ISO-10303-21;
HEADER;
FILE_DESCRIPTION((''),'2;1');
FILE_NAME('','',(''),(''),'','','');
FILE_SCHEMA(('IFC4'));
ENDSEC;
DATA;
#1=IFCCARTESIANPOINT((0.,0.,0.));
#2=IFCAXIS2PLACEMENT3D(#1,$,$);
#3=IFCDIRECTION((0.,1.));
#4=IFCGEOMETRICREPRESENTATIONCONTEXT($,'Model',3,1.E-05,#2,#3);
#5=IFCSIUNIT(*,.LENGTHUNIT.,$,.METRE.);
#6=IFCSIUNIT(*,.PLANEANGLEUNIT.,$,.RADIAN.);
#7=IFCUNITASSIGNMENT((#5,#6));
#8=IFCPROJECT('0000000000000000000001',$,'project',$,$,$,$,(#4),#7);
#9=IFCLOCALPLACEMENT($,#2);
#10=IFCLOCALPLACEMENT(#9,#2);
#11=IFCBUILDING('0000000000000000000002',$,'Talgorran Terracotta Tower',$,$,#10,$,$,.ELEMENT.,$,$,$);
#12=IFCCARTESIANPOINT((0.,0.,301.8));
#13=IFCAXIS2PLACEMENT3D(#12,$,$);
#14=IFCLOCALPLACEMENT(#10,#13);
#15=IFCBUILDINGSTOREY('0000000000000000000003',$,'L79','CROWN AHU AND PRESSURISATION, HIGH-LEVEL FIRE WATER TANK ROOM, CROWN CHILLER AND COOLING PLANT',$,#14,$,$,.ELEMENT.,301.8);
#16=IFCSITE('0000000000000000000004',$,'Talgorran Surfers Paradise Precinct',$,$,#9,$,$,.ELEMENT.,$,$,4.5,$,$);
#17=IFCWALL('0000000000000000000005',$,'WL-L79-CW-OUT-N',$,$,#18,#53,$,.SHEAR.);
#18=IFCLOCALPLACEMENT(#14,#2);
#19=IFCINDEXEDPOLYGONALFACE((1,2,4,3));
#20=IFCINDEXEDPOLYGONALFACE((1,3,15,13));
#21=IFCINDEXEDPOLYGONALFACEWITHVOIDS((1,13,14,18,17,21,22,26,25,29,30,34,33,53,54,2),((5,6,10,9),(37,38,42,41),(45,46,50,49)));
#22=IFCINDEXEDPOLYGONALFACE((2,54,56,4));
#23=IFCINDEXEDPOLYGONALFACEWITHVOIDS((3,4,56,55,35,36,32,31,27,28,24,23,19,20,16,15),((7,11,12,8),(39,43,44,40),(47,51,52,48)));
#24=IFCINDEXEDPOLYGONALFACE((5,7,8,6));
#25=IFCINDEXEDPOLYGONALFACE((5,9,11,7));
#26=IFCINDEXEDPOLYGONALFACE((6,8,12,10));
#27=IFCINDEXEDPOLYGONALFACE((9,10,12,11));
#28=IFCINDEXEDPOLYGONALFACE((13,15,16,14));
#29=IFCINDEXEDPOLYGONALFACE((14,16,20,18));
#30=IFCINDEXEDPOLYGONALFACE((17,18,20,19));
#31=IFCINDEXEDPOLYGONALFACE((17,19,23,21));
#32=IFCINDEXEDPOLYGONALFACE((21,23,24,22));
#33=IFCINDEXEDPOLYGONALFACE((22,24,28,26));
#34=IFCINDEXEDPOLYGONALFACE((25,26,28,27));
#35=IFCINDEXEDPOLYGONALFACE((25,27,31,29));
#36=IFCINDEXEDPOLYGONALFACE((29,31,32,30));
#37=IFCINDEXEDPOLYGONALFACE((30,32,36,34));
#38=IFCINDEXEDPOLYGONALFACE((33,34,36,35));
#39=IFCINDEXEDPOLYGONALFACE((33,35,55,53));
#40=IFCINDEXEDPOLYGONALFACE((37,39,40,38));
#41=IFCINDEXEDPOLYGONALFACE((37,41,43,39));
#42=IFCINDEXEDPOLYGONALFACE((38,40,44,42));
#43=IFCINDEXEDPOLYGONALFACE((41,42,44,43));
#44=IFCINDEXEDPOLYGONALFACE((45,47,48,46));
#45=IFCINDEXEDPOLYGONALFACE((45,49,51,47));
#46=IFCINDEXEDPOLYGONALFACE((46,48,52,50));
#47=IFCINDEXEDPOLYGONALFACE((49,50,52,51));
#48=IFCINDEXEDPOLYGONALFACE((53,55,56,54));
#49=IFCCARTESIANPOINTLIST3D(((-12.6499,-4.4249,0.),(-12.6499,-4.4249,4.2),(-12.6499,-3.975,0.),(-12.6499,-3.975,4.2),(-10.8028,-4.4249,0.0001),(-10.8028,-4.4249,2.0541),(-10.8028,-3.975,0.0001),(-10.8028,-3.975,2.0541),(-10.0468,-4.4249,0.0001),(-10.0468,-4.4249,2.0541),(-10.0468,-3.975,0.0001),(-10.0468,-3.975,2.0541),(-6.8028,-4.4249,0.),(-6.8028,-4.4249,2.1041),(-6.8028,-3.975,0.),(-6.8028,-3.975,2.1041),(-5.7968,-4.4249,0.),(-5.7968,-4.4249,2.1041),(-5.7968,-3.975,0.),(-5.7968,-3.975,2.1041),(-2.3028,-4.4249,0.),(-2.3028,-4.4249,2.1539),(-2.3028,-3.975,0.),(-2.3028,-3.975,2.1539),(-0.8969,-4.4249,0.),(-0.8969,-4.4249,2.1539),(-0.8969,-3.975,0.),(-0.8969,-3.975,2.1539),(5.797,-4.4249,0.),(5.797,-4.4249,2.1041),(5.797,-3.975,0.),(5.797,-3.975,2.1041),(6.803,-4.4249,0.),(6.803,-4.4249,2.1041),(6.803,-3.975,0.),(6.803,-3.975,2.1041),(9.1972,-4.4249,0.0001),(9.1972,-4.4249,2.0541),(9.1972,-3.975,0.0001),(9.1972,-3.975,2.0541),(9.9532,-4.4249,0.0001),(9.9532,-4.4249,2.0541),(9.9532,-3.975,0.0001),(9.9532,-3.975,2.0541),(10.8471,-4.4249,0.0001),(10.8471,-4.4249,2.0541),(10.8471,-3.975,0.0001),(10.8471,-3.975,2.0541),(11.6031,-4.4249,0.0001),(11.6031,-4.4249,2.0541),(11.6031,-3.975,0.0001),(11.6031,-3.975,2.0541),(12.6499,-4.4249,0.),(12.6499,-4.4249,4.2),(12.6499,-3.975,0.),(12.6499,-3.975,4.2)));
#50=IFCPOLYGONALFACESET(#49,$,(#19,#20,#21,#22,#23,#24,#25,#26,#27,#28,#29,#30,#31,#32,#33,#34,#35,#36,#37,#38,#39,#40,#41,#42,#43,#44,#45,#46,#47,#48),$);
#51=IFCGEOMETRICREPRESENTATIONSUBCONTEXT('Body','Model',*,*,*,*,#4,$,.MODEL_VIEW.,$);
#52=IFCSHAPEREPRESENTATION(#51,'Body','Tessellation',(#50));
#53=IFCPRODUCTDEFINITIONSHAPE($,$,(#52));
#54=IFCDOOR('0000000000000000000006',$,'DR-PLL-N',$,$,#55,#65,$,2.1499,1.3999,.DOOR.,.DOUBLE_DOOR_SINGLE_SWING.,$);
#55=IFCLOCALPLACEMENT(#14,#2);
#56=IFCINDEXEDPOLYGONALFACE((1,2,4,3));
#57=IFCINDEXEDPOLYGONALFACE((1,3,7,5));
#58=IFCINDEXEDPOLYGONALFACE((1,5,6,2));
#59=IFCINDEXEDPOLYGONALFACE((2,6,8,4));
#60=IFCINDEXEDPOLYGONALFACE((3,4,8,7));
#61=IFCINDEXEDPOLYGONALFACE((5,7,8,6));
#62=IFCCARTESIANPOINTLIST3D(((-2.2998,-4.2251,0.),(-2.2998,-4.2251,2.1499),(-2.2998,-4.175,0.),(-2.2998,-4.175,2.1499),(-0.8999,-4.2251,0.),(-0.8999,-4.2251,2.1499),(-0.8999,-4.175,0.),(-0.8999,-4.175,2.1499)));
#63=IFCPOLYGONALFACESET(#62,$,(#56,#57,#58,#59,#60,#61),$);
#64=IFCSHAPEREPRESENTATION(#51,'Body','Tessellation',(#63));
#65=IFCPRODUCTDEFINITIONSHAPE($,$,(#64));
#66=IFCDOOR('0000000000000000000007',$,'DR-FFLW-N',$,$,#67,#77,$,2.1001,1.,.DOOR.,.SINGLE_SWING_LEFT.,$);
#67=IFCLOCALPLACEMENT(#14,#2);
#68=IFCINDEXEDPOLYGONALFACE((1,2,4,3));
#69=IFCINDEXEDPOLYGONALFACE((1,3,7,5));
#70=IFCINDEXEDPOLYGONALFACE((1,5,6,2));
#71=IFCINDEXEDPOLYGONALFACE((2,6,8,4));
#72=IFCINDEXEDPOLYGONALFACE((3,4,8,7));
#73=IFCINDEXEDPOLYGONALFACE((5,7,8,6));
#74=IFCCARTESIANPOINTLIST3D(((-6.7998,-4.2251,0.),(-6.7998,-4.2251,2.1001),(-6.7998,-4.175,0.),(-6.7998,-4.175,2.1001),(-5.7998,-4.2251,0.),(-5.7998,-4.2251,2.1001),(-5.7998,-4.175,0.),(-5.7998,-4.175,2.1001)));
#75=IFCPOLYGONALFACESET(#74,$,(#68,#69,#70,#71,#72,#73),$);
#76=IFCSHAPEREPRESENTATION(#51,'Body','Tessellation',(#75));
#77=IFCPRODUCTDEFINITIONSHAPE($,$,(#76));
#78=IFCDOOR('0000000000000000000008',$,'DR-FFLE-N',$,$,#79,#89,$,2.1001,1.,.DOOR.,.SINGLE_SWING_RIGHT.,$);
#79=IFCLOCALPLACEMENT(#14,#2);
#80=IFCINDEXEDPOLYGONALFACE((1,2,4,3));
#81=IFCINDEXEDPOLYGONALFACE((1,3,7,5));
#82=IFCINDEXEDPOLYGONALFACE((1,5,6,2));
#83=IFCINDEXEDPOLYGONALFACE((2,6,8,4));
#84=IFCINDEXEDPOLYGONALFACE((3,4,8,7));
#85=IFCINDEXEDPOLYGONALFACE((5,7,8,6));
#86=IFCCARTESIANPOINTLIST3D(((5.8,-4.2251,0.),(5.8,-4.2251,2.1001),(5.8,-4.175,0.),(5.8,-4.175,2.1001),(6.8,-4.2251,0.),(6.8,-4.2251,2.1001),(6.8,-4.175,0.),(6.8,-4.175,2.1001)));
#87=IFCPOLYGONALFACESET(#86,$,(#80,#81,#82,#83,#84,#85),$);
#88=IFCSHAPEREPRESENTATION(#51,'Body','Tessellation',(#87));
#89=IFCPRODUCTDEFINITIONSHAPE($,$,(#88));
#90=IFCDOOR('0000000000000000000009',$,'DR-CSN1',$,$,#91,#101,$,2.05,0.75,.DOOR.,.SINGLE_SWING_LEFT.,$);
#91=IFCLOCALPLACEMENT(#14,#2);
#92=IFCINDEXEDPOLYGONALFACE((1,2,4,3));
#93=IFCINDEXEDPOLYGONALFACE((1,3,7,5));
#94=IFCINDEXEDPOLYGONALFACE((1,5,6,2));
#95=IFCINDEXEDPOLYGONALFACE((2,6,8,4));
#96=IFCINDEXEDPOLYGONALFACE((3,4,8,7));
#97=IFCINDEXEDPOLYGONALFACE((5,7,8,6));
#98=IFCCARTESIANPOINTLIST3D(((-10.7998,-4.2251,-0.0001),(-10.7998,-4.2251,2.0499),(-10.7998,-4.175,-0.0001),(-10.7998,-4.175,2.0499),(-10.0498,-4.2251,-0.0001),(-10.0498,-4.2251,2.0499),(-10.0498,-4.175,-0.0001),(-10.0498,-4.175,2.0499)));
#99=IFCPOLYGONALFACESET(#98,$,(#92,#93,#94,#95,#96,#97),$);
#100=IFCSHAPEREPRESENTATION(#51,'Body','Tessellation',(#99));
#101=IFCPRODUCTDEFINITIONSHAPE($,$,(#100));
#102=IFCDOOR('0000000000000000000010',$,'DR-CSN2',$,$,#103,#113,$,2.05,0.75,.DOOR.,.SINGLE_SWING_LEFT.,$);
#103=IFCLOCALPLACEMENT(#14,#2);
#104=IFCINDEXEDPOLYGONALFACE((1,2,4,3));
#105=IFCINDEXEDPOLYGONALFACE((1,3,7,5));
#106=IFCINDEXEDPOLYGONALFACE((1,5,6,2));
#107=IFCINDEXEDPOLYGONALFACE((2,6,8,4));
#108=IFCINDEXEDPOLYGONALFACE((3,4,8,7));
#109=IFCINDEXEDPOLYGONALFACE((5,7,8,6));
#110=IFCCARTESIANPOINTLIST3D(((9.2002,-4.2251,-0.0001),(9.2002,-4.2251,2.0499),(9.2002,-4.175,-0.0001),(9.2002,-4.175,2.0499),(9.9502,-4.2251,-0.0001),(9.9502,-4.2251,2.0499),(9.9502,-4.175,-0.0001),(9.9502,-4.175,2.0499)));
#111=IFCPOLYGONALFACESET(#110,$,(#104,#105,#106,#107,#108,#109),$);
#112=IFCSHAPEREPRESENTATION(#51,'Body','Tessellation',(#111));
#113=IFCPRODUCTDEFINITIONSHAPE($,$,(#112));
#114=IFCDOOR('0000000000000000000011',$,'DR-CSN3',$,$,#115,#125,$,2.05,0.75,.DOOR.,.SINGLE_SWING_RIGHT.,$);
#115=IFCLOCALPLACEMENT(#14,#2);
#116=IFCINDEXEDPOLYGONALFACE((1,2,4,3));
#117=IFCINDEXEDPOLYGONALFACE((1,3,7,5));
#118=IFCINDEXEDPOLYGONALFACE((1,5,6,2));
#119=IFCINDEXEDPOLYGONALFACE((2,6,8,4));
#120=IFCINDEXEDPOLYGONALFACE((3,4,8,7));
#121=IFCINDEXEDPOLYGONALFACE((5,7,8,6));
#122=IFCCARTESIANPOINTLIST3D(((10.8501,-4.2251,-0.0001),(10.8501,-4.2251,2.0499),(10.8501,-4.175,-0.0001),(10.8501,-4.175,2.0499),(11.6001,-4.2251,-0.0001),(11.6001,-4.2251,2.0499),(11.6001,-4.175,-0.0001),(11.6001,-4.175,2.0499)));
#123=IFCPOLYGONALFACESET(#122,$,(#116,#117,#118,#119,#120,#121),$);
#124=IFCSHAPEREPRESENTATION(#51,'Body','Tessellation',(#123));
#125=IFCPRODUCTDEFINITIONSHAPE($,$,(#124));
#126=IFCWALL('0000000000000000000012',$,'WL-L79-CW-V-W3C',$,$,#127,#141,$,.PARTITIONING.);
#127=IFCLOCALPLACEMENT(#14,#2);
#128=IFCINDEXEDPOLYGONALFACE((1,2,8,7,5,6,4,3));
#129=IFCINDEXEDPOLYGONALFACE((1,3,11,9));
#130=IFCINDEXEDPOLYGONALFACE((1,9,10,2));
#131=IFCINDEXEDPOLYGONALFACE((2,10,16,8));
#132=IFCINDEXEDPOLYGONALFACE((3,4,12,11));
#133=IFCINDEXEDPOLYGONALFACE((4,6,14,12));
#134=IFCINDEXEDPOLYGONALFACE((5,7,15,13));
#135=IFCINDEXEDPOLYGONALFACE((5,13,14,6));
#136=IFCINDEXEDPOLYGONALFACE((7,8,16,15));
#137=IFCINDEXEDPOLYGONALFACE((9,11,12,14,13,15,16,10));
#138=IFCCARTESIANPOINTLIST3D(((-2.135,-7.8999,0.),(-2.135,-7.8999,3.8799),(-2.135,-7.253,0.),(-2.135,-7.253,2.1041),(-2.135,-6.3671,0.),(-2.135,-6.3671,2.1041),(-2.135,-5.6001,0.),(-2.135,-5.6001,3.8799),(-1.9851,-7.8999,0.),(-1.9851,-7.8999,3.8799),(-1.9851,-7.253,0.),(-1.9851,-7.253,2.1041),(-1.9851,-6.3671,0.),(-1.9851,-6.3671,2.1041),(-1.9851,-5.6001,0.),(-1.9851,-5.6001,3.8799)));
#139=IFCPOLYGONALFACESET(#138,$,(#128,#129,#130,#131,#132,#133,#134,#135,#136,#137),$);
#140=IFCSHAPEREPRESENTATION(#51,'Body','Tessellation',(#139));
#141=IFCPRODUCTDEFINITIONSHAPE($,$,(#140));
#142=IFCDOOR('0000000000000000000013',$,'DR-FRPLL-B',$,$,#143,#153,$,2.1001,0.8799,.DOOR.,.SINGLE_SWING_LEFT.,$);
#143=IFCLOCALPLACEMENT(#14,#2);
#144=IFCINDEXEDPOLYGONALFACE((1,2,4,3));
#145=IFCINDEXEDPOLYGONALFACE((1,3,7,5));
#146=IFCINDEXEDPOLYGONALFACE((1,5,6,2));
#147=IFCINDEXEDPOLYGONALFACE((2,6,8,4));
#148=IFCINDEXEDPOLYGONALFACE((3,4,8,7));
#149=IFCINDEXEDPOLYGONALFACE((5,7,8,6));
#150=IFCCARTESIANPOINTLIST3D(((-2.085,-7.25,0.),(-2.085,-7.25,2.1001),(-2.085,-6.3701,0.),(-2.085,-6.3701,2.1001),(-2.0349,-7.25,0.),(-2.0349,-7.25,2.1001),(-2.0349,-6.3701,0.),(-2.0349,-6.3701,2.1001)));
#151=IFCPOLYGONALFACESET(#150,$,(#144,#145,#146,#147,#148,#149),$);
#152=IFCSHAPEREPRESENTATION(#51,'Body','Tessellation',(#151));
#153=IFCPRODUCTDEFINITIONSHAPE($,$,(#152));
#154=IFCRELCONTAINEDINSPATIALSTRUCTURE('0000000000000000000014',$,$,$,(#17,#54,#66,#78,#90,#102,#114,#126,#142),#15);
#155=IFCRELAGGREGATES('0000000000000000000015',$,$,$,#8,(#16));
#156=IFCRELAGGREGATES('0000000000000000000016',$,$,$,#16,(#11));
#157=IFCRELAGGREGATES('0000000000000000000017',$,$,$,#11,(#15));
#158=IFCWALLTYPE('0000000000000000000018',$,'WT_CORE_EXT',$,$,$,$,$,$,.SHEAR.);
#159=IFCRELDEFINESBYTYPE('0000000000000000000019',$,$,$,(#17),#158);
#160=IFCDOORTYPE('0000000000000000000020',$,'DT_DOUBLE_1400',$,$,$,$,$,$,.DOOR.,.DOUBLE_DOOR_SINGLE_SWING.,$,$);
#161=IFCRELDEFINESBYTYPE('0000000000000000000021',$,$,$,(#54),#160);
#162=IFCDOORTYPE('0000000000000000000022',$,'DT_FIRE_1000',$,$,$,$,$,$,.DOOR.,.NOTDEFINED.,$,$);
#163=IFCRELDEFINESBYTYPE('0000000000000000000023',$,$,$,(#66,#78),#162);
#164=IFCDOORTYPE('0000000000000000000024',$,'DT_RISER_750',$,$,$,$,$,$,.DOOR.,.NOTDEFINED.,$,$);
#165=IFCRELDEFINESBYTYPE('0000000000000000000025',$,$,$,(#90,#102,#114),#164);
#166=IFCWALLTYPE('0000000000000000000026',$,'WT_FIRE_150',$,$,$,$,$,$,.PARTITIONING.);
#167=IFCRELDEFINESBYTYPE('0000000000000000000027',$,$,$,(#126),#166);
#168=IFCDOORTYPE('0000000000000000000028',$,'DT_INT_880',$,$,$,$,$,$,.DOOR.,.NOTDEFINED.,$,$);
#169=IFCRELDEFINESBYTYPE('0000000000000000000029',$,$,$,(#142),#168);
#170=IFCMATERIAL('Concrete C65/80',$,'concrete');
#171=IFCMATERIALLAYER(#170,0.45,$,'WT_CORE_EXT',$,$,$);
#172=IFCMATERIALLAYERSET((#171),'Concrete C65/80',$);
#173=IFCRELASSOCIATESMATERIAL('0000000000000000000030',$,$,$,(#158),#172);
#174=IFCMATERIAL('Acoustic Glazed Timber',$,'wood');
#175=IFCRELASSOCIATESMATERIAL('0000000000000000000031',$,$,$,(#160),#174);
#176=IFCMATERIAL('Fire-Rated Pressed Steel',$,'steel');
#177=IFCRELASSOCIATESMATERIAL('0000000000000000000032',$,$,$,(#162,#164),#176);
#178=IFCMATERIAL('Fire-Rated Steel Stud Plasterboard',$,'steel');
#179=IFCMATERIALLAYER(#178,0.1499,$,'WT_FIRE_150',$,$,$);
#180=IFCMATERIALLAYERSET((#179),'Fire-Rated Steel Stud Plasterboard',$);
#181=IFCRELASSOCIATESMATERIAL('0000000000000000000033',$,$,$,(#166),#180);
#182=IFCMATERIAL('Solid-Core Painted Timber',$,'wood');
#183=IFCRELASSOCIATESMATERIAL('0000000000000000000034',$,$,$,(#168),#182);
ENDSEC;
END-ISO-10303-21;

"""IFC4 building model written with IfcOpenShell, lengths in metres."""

from ifc_helpers import new_model, si_unit, direction, frame, frame_2d, origin, place, context, subcontext, project, spatial, rectangle, extrude, material, layer, layer_set, type_object, element, fill, save


model = new_model("IFC4")

# Units and contexts
model_context = context("Model", 3, precision=1e-05, world=origin(), true_north=direction((0.0, 1.0)))
body_context = subcontext(model_context, "Body", "Model", "MODEL_VIEW")
ifc_project = project(units=[si_unit("LENGTHUNIT", "METRE"), si_unit("PLANEANGLEUNIT", "RADIAN")], contexts=[model_context])

# Site, building, storey
site_placement = place(None, origin())
site = spatial("IfcSite", under=ifc_project, at=site_placement, Name="Talgorran Surfers Paradise Precinct", CompositionType="ELEMENT", RefElevation=4.5)
building_placement = place(site_placement, origin())
building = spatial("IfcBuilding", under=site, at=building_placement, Name="Talgorran Terracotta Tower", CompositionType="ELEMENT")
storey_placement = place(building_placement, frame((0.0, 0.0, 301.8)))
storey = spatial("IfcBuildingStorey", under=building, at=storey_placement, Name="L79", Description="CROWN AHU AND PRESSURISATION, HIGH-LEVEL FIRE WATER TANK ROOM, CROWN CHILLER AND COOLING PLANT", CompositionType="ELEMENT", Elevation=301.8)

# Wall, openings, doors
ifc_material_1 = material(Name="Concrete C65/80", Category="concrete")
ifc_layer_1 = layer(ifc_material_1, 0.45, Name="WT_CORE_EXT")
ifc_layer_set_1 = layer_set([ifc_layer_1], Name="Concrete C65/80")
wall_type_1 = type_object("IfcWallType", Name="WT_CORE_EXT", PredefinedType="SHEAR", material=ifc_layer_set_1)
wall_1_placement = place(storey_placement, frame((-12.6499, -4.2, 0.0), z_axis=(0.0, 0.0, 1.0), x_axis=(1.0, 0.0, 0.0)))
wall_1 = element("IfcWall", 1, at=wall_1_placement, inside=storey, type_object=wall_type_1, Name="WL-L79-CW-OUT-N", PredefinedType="SHEAR", context=body_context, shape_type="SweptSolid", body=[
    extrude(rectangle(XDim=25.2998, YDim=0.45, at=frame_2d((12.6499, 0.0))), origin(), (0.0, 0.0, 1.0), 4.2),
])
opening_1_placement = place(wall_1_placement, frame((1.8501, 0.0, 0.0)))
opening_1 = element("IfcOpeningElement", 2, at=opening_1_placement, cuts=wall_1, PredefinedType="OPENING", context=body_context, shape_type="SweptSolid", body=[
    extrude(rectangle(XDim=0.756, YDim=2.054, at=frame_2d((0.375, 1.0271))), frame((0.0, 0.2349, 0.0), z_axis=(0.0, -1.0, 0.0), x_axis=(1.0, 0.0, 0.0)), (0.0, 0.0, 1.0), 0.47),
])
opening_2_placement = place(wall_1_placement, frame((21.8501, 0.0, 0.0)))
opening_2 = element("IfcOpeningElement", 3, at=opening_2_placement, cuts=wall_1, PredefinedType="OPENING", context=body_context, shape_type="SweptSolid", body=[
    extrude(rectangle(XDim=0.756, YDim=2.054, at=frame_2d((0.375, 1.0271))), frame((0.0, 0.2349, 0.0), z_axis=(0.0, -1.0, 0.0), x_axis=(1.0, 0.0, 0.0)), (0.0, 0.0, 1.0), 0.47),
])
opening_3_placement = place(wall_1_placement, frame((23.5, 0.0, 0.0)))
opening_3 = element("IfcOpeningElement", 4, at=opening_3_placement, cuts=wall_1, PredefinedType="OPENING", context=body_context, shape_type="SweptSolid", body=[
    extrude(rectangle(XDim=0.756, YDim=2.054, at=frame_2d((0.375, 1.0271))), frame((0.0, 0.2349, 0.0), z_axis=(0.0, -1.0, 0.0), x_axis=(1.0, 0.0, 0.0)), (0.0, 0.0, 1.0), 0.47),
])
opening_4_placement = place(wall_1_placement, frame((5.8501, 0.0, 0.0)))
opening_4 = element("IfcOpeningElement", 5, at=opening_4_placement, cuts=wall_1, PredefinedType="OPENING", context=body_context, shape_type="SweptSolid", body=[
    extrude(rectangle(XDim=1.006, YDim=2.1041, at=frame_2d((0.5, 1.052))), frame((0.0, 0.2349, 0.0), z_axis=(0.0, -1.0, 0.0), x_axis=(1.0, 0.0, 0.0)), (0.0, 0.0, 1.0), 0.47),
])
opening_5_placement = place(wall_1_placement, frame((10.3501, 0.0, 0.0)))
opening_5 = element("IfcOpeningElement", 6, at=opening_5_placement, cuts=wall_1, PredefinedType="OPENING", context=body_context, shape_type="SweptSolid", body=[
    extrude(rectangle(XDim=1.4059, YDim=2.1539, at=frame_2d((0.7, 1.0769))), frame((0.0, 0.2349, 0.0), z_axis=(0.0, -1.0, 0.0), x_axis=(1.0, 0.0, 0.0)), (0.0, 0.0, 1.0), 0.47),
])
opening_6_placement = place(wall_1_placement, frame((18.45, 0.0, 0.0)))
opening_6 = element("IfcOpeningElement", 7, at=opening_6_placement, cuts=wall_1, PredefinedType="OPENING", context=body_context, shape_type="SweptSolid", body=[
    extrude(rectangle(XDim=1.006, YDim=2.1041, at=frame_2d((0.5, 1.052))), frame((0.0, 0.2349, 0.0), z_axis=(0.0, -1.0, 0.0), x_axis=(1.0, 0.0, 0.0)), (0.0, 0.0, 1.0), 0.47),
])
ifc_material_2 = material(Name="Acoustic Glazed Timber", Category="wood")
door_type_1 = type_object("IfcDoorType", Name="DT_DOUBLE_1400", OperationType="DOUBLE_DOOR_SINGLE_SWING", PredefinedType="DOOR", material=ifc_material_2)
door_1_placement = place(opening_5_placement, origin())
door_1 = element("IfcDoor", 8, at=door_1_placement, inside=storey, type_object=door_type_1, Name="DR-PLL-N", OperationType="DOUBLE_DOOR_SINGLE_SWING", OverallHeight=2.1499, OverallWidth=1.3999, PredefinedType="DOOR", context=body_context, shape_type="SweptSolid", body=[
    extrude(rectangle(XDim=1.3999, YDim=2.1499, at=frame_2d((0.7, 1.075))), frame((0.0, 0.0249, 0.0), z_axis=(0.0, -1.0, 0.0), x_axis=(1.0, 0.0, 0.0)), (0.0, 0.0, 1.0), 0.05),
])
fill(opening_5, door_1)
ifc_material_3 = material(Name="Fire-Rated Pressed Steel", Category="steel")
door_type_2 = type_object("IfcDoorType", Name="DT_FIRE_1000", OperationType="NOTDEFINED", PredefinedType="DOOR", material=ifc_material_3)
door_2_placement = place(opening_4_placement, origin())
door_2 = element("IfcDoor", 9, at=door_2_placement, inside=storey, type_object=door_type_2, Name="DR-FFLW-N", OperationType="SINGLE_SWING_LEFT", OverallHeight=2.1001, OverallWidth=1.0, PredefinedType="DOOR", context=body_context, shape_type="SweptSolid", body=[
    extrude(rectangle(XDim=1.0, YDim=2.1001, at=frame_2d((0.5, 1.05))), frame((0.0, 0.0249, 0.0), z_axis=(0.0, -1.0, 0.0), x_axis=(1.0, 0.0, 0.0)), (0.0, 0.0, 1.0), 0.05),
])
fill(opening_4, door_2)
door_3_placement = place(opening_6_placement, origin())
door_3 = element("IfcDoor", 10, at=door_3_placement, inside=storey, type_object=door_type_2, Name="DR-FFLE-N", OperationType="SINGLE_SWING_RIGHT", OverallHeight=2.1001, OverallWidth=1.0, PredefinedType="DOOR", context=body_context, shape_type="SweptSolid", body=[
    extrude(rectangle(XDim=1.0, YDim=2.1001, at=frame_2d((0.5, 1.05))), frame((0.0, 0.0249, 0.0), z_axis=(0.0, -1.0, 0.0), x_axis=(1.0, 0.0, 0.0)), (0.0, 0.0, 1.0), 0.05),
])
fill(opening_6, door_3)
door_type_3 = type_object("IfcDoorType", Name="DT_RISER_750", OperationType="NOTDEFINED", PredefinedType="DOOR", material=ifc_material_3)
door_4_placement = place(opening_1_placement, origin())
door_4 = element("IfcDoor", 11, at=door_4_placement, inside=storey, type_object=door_type_3, Name="DR-CSN1", OperationType="SINGLE_SWING_LEFT", OverallHeight=2.05, OverallWidth=0.75, PredefinedType="DOOR", context=body_context, shape_type="SweptSolid", body=[
    extrude(rectangle(XDim=0.75, YDim=2.05, at=frame_2d((0.375, 1.0249))), frame((0.0, 0.0249, 0.0), z_axis=(0.0, -1.0, 0.0), x_axis=(1.0, 0.0, 0.0)), (0.0, 0.0, 1.0), 0.05),
])
fill(opening_1, door_4)
door_5_placement = place(opening_2_placement, origin())
door_5 = element("IfcDoor", 12, at=door_5_placement, inside=storey, type_object=door_type_3, Name="DR-CSN2", OperationType="SINGLE_SWING_LEFT", OverallHeight=2.05, OverallWidth=0.75, PredefinedType="DOOR", context=body_context, shape_type="SweptSolid", body=[
    extrude(rectangle(XDim=0.75, YDim=2.05, at=frame_2d((0.375, 1.0249))), frame((0.0, 0.0249, 0.0), z_axis=(0.0, -1.0, 0.0), x_axis=(1.0, 0.0, 0.0)), (0.0, 0.0, 1.0), 0.05),
])
fill(opening_2, door_5)
door_6_placement = place(opening_3_placement, origin())
door_6 = element("IfcDoor", 13, at=door_6_placement, inside=storey, type_object=door_type_3, Name="DR-CSN3", OperationType="SINGLE_SWING_RIGHT", OverallHeight=2.05, OverallWidth=0.75, PredefinedType="DOOR", context=body_context, shape_type="SweptSolid", body=[
    extrude(rectangle(XDim=0.75, YDim=2.05, at=frame_2d((0.375, 1.0249))), frame((0.0, 0.0249, 0.0), z_axis=(0.0, -1.0, 0.0), x_axis=(1.0, 0.0, 0.0)), (0.0, 0.0, 1.0), 0.05),
])
fill(opening_3, door_6)

# Wall, opening, door
ifc_material_4 = material(Name="Fire-Rated Steel Stud Plasterboard", Category="steel")
ifc_layer_2 = layer(ifc_material_4, 0.1499, Name="WT_FIRE_150")
ifc_layer_set_2 = layer_set([ifc_layer_2], Name="Fire-Rated Steel Stud Plasterboard")
wall_type_2 = type_object("IfcWallType", Name="WT_FIRE_150", PredefinedType="PARTITIONING", material=ifc_layer_set_2)
wall_2_placement = place(storey_placement, frame((-2.0601, -7.8999, 0.0), z_axis=(0.0, 0.0, 1.0), x_axis=(0.0, 1.0, 0.0)))
wall_2 = element("IfcWall", 14, at=wall_2_placement, inside=storey, type_object=wall_type_2, Name="WL-L79-CW-V-W3C", PredefinedType="PARTITIONING", context=body_context, shape_type="SweptSolid", body=[
    extrude(rectangle(XDim=2.2998, YDim=0.1499, at=frame_2d((1.1499, 0.0))), origin(), (0.0, 0.0, 1.0), 3.8799),
])
opening_7_placement = place(wall_2_placement, frame((0.6499, 0.0, 0.0)))
opening_7 = element("IfcOpeningElement", 15, at=opening_7_placement, cuts=wall_2, PredefinedType="OPENING", context=body_context, shape_type="SweptSolid", body=[
    extrude(rectangle(XDim=0.8859, YDim=2.1041, at=frame_2d((0.4399, 1.052))), frame((0.0, 0.085, 0.0), z_axis=(0.0, -1.0, 0.0), x_axis=(1.0, 0.0, 0.0)), (0.0, 0.0, 1.0), 0.1699),
])
ifc_material_5 = material(Name="Solid-Core Painted Timber", Category="wood")
door_type_4 = type_object("IfcDoorType", Name="DT_INT_880", OperationType="NOTDEFINED", PredefinedType="DOOR", material=ifc_material_5)
door_7_placement = place(opening_7_placement, origin())
door_7 = element("IfcDoor", 16, at=door_7_placement, inside=storey, type_object=door_type_4, Name="DR-FRPLL-B", OperationType="SINGLE_SWING_LEFT", OverallHeight=2.1001, OverallWidth=0.8799, PredefinedType="DOOR", context=body_context, shape_type="SweptSolid", body=[
    extrude(rectangle(XDim=0.8799, YDim=2.1001, at=frame_2d((0.4399, 1.05))), frame((0.0, 0.0249, 0.0), z_axis=(0.0, -1.0, 0.0), x_axis=(1.0, 0.0, 0.0)), (0.0, 0.0, 1.0), 0.05),
])
fill(opening_7, door_7)

save(model, "model.ifc")
